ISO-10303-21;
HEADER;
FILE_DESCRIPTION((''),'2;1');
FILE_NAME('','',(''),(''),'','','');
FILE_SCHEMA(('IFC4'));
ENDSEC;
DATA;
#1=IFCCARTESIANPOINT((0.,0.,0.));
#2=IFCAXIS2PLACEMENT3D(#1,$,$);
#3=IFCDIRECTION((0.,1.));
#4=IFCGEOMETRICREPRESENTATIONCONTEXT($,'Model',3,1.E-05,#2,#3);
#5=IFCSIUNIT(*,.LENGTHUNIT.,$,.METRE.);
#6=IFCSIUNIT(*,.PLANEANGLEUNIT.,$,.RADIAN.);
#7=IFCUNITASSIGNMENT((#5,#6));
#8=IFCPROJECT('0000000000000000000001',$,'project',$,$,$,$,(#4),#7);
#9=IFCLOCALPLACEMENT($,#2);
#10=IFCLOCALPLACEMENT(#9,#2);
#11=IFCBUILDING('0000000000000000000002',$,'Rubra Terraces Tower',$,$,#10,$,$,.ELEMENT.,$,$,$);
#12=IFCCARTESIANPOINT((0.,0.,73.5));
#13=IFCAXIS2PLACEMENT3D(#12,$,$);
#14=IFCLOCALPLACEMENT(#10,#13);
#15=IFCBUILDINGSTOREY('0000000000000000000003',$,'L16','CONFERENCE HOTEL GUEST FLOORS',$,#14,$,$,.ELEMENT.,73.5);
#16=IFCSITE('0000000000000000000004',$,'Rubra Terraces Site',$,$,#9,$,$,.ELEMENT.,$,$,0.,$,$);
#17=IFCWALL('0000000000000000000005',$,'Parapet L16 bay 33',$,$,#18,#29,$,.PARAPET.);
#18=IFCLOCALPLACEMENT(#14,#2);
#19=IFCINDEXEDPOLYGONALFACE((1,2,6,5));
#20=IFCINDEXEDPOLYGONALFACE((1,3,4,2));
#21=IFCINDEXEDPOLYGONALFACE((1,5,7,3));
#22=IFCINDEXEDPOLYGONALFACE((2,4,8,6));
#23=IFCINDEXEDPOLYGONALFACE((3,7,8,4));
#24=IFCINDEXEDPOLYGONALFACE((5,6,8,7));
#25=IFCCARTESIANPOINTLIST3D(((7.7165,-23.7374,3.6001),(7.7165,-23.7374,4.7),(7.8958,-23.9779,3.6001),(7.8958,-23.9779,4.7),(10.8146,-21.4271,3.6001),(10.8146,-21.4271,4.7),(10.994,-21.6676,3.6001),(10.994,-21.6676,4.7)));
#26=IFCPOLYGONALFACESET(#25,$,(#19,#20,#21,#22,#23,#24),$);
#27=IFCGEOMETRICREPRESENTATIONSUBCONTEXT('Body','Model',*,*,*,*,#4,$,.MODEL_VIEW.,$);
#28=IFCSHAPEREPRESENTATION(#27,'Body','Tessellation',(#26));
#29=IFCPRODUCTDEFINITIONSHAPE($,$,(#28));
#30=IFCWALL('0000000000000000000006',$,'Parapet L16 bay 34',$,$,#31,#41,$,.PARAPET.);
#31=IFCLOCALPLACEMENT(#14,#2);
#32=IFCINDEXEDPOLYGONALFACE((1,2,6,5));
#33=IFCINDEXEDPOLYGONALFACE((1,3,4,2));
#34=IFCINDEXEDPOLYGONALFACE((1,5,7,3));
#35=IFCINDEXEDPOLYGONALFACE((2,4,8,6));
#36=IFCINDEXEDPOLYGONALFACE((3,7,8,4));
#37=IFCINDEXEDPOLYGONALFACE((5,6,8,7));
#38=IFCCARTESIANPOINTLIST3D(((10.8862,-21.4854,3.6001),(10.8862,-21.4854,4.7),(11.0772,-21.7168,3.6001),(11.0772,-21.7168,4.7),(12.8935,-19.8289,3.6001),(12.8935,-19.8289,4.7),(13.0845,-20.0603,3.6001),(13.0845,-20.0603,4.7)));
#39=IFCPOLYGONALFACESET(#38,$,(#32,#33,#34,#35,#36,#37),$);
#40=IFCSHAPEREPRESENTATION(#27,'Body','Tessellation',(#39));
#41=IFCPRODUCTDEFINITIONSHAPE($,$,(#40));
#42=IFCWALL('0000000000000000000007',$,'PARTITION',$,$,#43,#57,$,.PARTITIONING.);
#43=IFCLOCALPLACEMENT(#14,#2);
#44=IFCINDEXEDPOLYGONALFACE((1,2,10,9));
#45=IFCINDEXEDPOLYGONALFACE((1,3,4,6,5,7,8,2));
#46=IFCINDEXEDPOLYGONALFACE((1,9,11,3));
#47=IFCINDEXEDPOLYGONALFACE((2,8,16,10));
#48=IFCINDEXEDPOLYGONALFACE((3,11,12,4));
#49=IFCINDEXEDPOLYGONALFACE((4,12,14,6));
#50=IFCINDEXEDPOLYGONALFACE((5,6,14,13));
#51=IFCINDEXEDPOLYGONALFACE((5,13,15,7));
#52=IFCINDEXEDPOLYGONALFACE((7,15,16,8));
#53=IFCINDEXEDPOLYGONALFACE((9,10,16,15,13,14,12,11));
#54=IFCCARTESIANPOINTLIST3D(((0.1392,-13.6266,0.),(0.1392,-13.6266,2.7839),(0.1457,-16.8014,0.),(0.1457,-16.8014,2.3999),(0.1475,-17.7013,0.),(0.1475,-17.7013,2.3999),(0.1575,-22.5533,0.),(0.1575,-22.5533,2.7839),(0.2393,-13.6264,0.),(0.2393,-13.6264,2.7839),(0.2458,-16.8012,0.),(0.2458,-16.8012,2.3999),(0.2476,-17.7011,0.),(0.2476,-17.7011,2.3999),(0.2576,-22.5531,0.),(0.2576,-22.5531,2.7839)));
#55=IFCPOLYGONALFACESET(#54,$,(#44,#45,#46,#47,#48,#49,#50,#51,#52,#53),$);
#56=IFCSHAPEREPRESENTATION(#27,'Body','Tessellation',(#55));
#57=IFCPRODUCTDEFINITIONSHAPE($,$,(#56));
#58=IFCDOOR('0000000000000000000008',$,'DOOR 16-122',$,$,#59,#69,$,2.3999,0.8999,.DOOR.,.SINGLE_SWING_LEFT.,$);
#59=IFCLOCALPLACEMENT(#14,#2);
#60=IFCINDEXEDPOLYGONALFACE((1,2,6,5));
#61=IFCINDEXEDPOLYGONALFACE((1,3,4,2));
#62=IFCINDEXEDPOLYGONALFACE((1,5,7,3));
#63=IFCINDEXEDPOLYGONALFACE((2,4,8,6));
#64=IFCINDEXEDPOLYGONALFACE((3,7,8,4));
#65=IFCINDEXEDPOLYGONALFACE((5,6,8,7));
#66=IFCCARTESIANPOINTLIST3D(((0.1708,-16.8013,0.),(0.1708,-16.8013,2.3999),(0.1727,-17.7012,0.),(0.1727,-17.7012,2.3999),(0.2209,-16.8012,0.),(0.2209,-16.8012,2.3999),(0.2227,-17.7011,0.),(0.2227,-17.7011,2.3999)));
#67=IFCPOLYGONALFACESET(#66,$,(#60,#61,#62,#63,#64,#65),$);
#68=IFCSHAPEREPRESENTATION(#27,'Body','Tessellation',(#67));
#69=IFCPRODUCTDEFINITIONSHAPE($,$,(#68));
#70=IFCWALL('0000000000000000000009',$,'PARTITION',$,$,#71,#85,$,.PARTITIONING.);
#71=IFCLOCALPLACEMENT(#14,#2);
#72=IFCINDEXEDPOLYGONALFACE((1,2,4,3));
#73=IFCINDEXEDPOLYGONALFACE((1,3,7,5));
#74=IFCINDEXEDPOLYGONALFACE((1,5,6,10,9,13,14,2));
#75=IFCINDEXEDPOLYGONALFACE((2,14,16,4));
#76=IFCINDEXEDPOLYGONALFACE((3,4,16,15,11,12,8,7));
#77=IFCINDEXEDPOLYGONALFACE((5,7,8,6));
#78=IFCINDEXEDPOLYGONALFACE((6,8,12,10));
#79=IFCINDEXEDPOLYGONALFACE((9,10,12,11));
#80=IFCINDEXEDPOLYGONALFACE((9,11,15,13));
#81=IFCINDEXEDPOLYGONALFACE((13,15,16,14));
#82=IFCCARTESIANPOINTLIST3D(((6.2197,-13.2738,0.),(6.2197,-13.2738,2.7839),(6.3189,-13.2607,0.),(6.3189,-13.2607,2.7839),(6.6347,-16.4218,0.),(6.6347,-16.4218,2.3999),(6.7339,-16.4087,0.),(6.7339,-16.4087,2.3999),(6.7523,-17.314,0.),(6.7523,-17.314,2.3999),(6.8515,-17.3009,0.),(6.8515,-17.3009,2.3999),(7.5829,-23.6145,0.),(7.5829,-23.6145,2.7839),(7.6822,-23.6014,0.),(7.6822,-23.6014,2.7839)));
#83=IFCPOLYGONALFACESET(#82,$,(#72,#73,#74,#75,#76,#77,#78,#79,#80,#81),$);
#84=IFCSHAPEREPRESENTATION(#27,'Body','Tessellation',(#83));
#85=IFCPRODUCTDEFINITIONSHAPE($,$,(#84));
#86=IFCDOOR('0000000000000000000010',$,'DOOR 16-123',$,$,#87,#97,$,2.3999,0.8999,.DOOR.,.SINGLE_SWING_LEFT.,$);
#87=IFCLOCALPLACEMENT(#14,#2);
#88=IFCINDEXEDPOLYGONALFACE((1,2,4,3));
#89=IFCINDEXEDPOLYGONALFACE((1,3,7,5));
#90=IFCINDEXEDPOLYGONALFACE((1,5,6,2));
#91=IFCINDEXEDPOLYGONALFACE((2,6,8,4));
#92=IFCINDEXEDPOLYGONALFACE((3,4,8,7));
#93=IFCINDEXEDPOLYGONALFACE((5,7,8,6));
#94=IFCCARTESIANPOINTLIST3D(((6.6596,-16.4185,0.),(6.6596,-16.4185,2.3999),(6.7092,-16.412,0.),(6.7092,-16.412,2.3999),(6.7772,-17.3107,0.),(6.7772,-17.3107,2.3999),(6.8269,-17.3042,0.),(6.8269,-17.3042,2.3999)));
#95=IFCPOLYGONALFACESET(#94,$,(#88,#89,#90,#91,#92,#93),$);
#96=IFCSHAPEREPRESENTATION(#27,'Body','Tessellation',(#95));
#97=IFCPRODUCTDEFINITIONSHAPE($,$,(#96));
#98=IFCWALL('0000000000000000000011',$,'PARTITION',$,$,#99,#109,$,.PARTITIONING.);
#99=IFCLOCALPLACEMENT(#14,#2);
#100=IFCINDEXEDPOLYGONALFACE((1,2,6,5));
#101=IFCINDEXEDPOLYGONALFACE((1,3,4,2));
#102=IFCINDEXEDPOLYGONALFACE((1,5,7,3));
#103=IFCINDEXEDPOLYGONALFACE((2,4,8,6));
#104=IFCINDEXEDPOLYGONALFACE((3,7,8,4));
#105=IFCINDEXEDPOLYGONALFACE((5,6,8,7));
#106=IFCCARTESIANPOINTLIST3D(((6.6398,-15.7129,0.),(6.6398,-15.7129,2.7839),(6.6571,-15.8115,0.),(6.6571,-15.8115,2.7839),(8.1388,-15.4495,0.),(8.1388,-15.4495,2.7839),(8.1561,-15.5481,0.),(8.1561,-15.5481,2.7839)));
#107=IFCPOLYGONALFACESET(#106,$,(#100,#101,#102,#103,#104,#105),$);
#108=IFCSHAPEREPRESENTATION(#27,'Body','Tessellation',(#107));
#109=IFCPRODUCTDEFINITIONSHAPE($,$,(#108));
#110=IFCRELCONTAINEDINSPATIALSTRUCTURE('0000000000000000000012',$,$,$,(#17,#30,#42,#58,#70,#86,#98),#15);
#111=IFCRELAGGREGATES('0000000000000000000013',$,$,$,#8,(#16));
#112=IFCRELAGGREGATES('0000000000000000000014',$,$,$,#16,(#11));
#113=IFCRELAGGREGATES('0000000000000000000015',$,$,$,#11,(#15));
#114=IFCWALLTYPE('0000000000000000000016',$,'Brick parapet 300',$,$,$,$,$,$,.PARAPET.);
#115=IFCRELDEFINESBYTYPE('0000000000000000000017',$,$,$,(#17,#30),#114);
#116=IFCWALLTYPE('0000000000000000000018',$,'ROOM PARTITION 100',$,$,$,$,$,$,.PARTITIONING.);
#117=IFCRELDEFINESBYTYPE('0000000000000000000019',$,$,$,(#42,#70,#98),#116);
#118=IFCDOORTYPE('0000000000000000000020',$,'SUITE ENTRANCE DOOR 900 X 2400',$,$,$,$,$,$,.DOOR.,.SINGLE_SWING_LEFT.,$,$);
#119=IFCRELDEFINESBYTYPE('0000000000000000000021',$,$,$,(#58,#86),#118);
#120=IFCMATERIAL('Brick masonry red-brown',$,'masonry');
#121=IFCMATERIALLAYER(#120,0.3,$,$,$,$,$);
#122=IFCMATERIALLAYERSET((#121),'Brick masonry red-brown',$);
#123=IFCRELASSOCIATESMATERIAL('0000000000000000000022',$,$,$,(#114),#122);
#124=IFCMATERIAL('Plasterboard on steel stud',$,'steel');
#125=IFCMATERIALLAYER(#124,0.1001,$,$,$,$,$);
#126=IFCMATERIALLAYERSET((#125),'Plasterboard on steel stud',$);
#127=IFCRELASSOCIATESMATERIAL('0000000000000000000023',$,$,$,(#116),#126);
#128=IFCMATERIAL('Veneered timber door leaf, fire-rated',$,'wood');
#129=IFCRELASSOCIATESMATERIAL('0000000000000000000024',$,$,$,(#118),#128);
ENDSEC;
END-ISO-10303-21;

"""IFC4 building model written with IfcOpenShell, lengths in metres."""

from ifc_helpers import new_model, si_unit, direction, frame, frame_2d, origin, place, context, subcontext, project, spatial, rectangle, extrude, material, layer, layer_set, type_object, element, fill, save


model = new_model("IFC4")

# Units and contexts
model_context = context("Model", 3, precision=1e-05, world=origin(), true_north=direction((0.0, 1.0)))
body_context = subcontext(model_context, "Body", "Model", "MODEL_VIEW")
ifc_project = project(units=[si_unit("LENGTHUNIT", "METRE"), si_unit("PLANEANGLEUNIT", "RADIAN")], contexts=[model_context])

# Site, building, storey
site_placement = place(None, origin())
site = spatial("IfcSite", under=ifc_project, at=site_placement, Name="Rubra Terraces Site", CompositionType="ELEMENT", RefElevation=0.0)
building_placement = place(site_placement, origin())
building = spatial("IfcBuilding", under=site, at=building_placement, Name="Rubra Terraces Tower", CompositionType="ELEMENT")
storey_placement = place(building_placement, frame((0.0, 0.0, 73.5)))
storey = spatial("IfcBuildingStorey", under=building, at=storey_placement, Name="L16", Description="CONFERENCE HOTEL GUEST FLOORS", CompositionType="ELEMENT", Elevation=73.5)

# Shared definitions
ifc_material_1 = material(Name="Brick masonry red-brown", Category="masonry")

# Walls
ifc_layer_1 = layer(ifc_material_1, 0.3)
ifc_layer_set_1 = layer_set([ifc_layer_1], Name="Brick masonry red-brown")
wall_type_1 = type_object("IfcWallType", Name="Brick parapet 300", PredefinedType="PARAPET", material=ifc_layer_set_1)
wall_1_placement = place(storey_placement, frame((7.8062, -23.8577, 3.6001), z_axis=(0.0, 0.0, 1.0), x_axis=(0.80165, 0.597794, 0.0)))
element("IfcWall", 1, at=wall_1_placement, inside=storey, type_object=wall_type_1, Name="Parapet L16 bay 33", PredefinedType="PARAPET", context=body_context, shape_type="SweptSolid", body=[
    extrude(rectangle(XDim=3.8647, YDim=0.3, at=frame_2d((1.9324, 0.0))), origin(), (0.0, 0.0, 1.0), 1.0999),
])
wall_2_placement = place(storey_placement, frame((10.9817, -21.6011, 3.6001), z_axis=(0.0, 0.0, 1.0), x_axis=(0.771288, 0.636486, 0.0)))
element("IfcWall", 2, at=wall_2_placement, inside=storey, type_object=wall_type_1, Name="Parapet L16 bay 34", PredefinedType="PARAPET", context=body_context, shape_type="SweptSolid", body=[
    extrude(rectangle(XDim=2.6025, YDim=0.3, at=frame_2d((1.3013, 0.0))), origin(), (0.0, 0.0, 1.0), 1.0999),
])

# Walls, openings, doors
ifc_material_2 = material(Name="Plasterboard on steel stud", Category="steel")
ifc_layer_2 = layer(ifc_material_2, 0.1001)
ifc_layer_set_2 = layer_set([ifc_layer_2], Name="Plasterboard on steel stud")
wall_type_2 = type_object("IfcWallType", Name="ROOM PARTITION 100", PredefinedType="PARTITIONING", material=ifc_layer_set_2)
wall_3_placement = place(storey_placement, frame((0.2075, -22.5532, 0.0), z_axis=(0.0, 0.0, 1.0), x_axis=(-0.002051, 0.999998, 0.0)))
wall_3 = element("IfcWall", 3, at=wall_3_placement, inside=storey, type_object=wall_type_2, Name="PARTITION", PredefinedType="PARTITIONING", context=body_context, shape_type="SweptSolid", body=[
    extrude(rectangle(XDim=8.9268, YDim=0.1001, at=frame_2d((4.4634, 0.0))), origin(), (0.0, 0.0, 1.0), 2.7839),
])
opening_1_placement = place(wall_3_placement, frame((4.8521, 0.0, 0.0)))
opening_1 = element("IfcOpeningElement", 4, at=opening_1_placement, cuts=wall_3, PredefinedType="OPENING", context=body_context, shape_type="SweptSolid", body=[
    extrude(rectangle(XDim=0.8999, YDim=2.3999, at=frame_2d((0.45, 1.2))), frame((0.0, 0.0601, 0.0), z_axis=(0.0, -1.0, 0.0), x_axis=(1.0, 0.0, 0.0)), (0.0, 0.0, 1.0), 0.1201),
])
ifc_material_3 = material(Name="Veneered timber door leaf, fire-rated", Category="wood")
door_type = type_object("IfcDoorType", Name="SUITE ENTRANCE DOOR 900 X 2400", OperationType="SINGLE_SWING_LEFT", PredefinedType="DOOR", material=ifc_material_3)
door_1_placement = place(opening_1_placement, origin())
door_1 = element("IfcDoor", 5, at=door_1_placement, inside=storey, type_object=door_type, Name="DOOR 16-122", OperationType="SINGLE_SWING_LEFT", OverallHeight=2.3999, OverallWidth=0.8999, PredefinedType="DOOR", context=body_context, shape_type="SweptSolid", body=[
    extrude(rectangle(XDim=0.8999, YDim=2.3999, at=frame_2d((0.45, 1.2))), frame((0.0, 0.0249, 0.0), z_axis=(0.0, -1.0, 0.0), x_axis=(1.0, 0.0, 0.0)), (0.0, 0.0, 1.0), 0.05),
])
fill(opening_1, door_1)
wall_4_placement = place(storey_placement, frame((7.6326, -23.6079, 0.0), z_axis=(0.0, 0.0, 1.0), x_axis=(-0.130707, 0.991421, 0.0)))
wall_4 = element("IfcWall", 6, at=wall_4_placement, inside=storey, type_object=wall_type_2, Name="PARTITION", PredefinedType="PARTITIONING", context=body_context, shape_type="SweptSolid", body=[
    extrude(rectangle(XDim=10.4302, YDim=0.1001, at=frame_2d((5.2151, 0.0))), origin(), (0.0, 0.0, 1.0), 2.7839),
])
opening_2_placement = place(wall_4_placement, frame((6.355, 0.0, 0.0)))
opening_2 = element("IfcOpeningElement", 7, at=opening_2_placement, cuts=wall_4, PredefinedType="OPENING", context=body_context, shape_type="SweptSolid", body=[
    extrude(rectangle(XDim=0.8999, YDim=2.3999, at=frame_2d((0.45, 1.2))), frame((0.0, 0.0601, 0.0), z_axis=(0.0, -1.0, 0.0), x_axis=(1.0, 0.0, 0.0)), (0.0, 0.0, 1.0), 0.1201),
])
door_2_placement = place(opening_2_placement, origin())
door_2 = element("IfcDoor", 8, at=door_2_placement, inside=storey, type_object=door_type, Name="DOOR 16-123", OperationType="SINGLE_SWING_LEFT", OverallHeight=2.3999, OverallWidth=0.8999, PredefinedType="DOOR", context=body_context, shape_type="SweptSolid", body=[
    extrude(rectangle(XDim=0.8999, YDim=2.3999, at=frame_2d((0.45, 1.2))), frame((0.0, 0.0249, 0.0), z_axis=(0.0, -1.0, 0.0), x_axis=(1.0, 0.0, 0.0)), (0.0, 0.0, 1.0), 0.05),
])
fill(opening_2, door_2)

# Wall
wall_5_placement = place(storey_placement, frame((8.1475, -15.4988, 0.0), z_axis=(0.0, 0.0, 1.0), x_axis=(-0.984908, -0.173081, 0.0)))
element("IfcWall", 9, at=wall_5_placement, inside=storey, type_object=wall_type_2, Name="PARTITION", PredefinedType="PARTITIONING", context=body_context, shape_type="SweptSolid", body=[
    extrude(rectangle(XDim=1.522, YDim=0.1001, at=frame_2d((0.761, 0.0))), origin(), (0.0, 0.0, 1.0), 2.7839),
])

save(model, "model.ifc")
